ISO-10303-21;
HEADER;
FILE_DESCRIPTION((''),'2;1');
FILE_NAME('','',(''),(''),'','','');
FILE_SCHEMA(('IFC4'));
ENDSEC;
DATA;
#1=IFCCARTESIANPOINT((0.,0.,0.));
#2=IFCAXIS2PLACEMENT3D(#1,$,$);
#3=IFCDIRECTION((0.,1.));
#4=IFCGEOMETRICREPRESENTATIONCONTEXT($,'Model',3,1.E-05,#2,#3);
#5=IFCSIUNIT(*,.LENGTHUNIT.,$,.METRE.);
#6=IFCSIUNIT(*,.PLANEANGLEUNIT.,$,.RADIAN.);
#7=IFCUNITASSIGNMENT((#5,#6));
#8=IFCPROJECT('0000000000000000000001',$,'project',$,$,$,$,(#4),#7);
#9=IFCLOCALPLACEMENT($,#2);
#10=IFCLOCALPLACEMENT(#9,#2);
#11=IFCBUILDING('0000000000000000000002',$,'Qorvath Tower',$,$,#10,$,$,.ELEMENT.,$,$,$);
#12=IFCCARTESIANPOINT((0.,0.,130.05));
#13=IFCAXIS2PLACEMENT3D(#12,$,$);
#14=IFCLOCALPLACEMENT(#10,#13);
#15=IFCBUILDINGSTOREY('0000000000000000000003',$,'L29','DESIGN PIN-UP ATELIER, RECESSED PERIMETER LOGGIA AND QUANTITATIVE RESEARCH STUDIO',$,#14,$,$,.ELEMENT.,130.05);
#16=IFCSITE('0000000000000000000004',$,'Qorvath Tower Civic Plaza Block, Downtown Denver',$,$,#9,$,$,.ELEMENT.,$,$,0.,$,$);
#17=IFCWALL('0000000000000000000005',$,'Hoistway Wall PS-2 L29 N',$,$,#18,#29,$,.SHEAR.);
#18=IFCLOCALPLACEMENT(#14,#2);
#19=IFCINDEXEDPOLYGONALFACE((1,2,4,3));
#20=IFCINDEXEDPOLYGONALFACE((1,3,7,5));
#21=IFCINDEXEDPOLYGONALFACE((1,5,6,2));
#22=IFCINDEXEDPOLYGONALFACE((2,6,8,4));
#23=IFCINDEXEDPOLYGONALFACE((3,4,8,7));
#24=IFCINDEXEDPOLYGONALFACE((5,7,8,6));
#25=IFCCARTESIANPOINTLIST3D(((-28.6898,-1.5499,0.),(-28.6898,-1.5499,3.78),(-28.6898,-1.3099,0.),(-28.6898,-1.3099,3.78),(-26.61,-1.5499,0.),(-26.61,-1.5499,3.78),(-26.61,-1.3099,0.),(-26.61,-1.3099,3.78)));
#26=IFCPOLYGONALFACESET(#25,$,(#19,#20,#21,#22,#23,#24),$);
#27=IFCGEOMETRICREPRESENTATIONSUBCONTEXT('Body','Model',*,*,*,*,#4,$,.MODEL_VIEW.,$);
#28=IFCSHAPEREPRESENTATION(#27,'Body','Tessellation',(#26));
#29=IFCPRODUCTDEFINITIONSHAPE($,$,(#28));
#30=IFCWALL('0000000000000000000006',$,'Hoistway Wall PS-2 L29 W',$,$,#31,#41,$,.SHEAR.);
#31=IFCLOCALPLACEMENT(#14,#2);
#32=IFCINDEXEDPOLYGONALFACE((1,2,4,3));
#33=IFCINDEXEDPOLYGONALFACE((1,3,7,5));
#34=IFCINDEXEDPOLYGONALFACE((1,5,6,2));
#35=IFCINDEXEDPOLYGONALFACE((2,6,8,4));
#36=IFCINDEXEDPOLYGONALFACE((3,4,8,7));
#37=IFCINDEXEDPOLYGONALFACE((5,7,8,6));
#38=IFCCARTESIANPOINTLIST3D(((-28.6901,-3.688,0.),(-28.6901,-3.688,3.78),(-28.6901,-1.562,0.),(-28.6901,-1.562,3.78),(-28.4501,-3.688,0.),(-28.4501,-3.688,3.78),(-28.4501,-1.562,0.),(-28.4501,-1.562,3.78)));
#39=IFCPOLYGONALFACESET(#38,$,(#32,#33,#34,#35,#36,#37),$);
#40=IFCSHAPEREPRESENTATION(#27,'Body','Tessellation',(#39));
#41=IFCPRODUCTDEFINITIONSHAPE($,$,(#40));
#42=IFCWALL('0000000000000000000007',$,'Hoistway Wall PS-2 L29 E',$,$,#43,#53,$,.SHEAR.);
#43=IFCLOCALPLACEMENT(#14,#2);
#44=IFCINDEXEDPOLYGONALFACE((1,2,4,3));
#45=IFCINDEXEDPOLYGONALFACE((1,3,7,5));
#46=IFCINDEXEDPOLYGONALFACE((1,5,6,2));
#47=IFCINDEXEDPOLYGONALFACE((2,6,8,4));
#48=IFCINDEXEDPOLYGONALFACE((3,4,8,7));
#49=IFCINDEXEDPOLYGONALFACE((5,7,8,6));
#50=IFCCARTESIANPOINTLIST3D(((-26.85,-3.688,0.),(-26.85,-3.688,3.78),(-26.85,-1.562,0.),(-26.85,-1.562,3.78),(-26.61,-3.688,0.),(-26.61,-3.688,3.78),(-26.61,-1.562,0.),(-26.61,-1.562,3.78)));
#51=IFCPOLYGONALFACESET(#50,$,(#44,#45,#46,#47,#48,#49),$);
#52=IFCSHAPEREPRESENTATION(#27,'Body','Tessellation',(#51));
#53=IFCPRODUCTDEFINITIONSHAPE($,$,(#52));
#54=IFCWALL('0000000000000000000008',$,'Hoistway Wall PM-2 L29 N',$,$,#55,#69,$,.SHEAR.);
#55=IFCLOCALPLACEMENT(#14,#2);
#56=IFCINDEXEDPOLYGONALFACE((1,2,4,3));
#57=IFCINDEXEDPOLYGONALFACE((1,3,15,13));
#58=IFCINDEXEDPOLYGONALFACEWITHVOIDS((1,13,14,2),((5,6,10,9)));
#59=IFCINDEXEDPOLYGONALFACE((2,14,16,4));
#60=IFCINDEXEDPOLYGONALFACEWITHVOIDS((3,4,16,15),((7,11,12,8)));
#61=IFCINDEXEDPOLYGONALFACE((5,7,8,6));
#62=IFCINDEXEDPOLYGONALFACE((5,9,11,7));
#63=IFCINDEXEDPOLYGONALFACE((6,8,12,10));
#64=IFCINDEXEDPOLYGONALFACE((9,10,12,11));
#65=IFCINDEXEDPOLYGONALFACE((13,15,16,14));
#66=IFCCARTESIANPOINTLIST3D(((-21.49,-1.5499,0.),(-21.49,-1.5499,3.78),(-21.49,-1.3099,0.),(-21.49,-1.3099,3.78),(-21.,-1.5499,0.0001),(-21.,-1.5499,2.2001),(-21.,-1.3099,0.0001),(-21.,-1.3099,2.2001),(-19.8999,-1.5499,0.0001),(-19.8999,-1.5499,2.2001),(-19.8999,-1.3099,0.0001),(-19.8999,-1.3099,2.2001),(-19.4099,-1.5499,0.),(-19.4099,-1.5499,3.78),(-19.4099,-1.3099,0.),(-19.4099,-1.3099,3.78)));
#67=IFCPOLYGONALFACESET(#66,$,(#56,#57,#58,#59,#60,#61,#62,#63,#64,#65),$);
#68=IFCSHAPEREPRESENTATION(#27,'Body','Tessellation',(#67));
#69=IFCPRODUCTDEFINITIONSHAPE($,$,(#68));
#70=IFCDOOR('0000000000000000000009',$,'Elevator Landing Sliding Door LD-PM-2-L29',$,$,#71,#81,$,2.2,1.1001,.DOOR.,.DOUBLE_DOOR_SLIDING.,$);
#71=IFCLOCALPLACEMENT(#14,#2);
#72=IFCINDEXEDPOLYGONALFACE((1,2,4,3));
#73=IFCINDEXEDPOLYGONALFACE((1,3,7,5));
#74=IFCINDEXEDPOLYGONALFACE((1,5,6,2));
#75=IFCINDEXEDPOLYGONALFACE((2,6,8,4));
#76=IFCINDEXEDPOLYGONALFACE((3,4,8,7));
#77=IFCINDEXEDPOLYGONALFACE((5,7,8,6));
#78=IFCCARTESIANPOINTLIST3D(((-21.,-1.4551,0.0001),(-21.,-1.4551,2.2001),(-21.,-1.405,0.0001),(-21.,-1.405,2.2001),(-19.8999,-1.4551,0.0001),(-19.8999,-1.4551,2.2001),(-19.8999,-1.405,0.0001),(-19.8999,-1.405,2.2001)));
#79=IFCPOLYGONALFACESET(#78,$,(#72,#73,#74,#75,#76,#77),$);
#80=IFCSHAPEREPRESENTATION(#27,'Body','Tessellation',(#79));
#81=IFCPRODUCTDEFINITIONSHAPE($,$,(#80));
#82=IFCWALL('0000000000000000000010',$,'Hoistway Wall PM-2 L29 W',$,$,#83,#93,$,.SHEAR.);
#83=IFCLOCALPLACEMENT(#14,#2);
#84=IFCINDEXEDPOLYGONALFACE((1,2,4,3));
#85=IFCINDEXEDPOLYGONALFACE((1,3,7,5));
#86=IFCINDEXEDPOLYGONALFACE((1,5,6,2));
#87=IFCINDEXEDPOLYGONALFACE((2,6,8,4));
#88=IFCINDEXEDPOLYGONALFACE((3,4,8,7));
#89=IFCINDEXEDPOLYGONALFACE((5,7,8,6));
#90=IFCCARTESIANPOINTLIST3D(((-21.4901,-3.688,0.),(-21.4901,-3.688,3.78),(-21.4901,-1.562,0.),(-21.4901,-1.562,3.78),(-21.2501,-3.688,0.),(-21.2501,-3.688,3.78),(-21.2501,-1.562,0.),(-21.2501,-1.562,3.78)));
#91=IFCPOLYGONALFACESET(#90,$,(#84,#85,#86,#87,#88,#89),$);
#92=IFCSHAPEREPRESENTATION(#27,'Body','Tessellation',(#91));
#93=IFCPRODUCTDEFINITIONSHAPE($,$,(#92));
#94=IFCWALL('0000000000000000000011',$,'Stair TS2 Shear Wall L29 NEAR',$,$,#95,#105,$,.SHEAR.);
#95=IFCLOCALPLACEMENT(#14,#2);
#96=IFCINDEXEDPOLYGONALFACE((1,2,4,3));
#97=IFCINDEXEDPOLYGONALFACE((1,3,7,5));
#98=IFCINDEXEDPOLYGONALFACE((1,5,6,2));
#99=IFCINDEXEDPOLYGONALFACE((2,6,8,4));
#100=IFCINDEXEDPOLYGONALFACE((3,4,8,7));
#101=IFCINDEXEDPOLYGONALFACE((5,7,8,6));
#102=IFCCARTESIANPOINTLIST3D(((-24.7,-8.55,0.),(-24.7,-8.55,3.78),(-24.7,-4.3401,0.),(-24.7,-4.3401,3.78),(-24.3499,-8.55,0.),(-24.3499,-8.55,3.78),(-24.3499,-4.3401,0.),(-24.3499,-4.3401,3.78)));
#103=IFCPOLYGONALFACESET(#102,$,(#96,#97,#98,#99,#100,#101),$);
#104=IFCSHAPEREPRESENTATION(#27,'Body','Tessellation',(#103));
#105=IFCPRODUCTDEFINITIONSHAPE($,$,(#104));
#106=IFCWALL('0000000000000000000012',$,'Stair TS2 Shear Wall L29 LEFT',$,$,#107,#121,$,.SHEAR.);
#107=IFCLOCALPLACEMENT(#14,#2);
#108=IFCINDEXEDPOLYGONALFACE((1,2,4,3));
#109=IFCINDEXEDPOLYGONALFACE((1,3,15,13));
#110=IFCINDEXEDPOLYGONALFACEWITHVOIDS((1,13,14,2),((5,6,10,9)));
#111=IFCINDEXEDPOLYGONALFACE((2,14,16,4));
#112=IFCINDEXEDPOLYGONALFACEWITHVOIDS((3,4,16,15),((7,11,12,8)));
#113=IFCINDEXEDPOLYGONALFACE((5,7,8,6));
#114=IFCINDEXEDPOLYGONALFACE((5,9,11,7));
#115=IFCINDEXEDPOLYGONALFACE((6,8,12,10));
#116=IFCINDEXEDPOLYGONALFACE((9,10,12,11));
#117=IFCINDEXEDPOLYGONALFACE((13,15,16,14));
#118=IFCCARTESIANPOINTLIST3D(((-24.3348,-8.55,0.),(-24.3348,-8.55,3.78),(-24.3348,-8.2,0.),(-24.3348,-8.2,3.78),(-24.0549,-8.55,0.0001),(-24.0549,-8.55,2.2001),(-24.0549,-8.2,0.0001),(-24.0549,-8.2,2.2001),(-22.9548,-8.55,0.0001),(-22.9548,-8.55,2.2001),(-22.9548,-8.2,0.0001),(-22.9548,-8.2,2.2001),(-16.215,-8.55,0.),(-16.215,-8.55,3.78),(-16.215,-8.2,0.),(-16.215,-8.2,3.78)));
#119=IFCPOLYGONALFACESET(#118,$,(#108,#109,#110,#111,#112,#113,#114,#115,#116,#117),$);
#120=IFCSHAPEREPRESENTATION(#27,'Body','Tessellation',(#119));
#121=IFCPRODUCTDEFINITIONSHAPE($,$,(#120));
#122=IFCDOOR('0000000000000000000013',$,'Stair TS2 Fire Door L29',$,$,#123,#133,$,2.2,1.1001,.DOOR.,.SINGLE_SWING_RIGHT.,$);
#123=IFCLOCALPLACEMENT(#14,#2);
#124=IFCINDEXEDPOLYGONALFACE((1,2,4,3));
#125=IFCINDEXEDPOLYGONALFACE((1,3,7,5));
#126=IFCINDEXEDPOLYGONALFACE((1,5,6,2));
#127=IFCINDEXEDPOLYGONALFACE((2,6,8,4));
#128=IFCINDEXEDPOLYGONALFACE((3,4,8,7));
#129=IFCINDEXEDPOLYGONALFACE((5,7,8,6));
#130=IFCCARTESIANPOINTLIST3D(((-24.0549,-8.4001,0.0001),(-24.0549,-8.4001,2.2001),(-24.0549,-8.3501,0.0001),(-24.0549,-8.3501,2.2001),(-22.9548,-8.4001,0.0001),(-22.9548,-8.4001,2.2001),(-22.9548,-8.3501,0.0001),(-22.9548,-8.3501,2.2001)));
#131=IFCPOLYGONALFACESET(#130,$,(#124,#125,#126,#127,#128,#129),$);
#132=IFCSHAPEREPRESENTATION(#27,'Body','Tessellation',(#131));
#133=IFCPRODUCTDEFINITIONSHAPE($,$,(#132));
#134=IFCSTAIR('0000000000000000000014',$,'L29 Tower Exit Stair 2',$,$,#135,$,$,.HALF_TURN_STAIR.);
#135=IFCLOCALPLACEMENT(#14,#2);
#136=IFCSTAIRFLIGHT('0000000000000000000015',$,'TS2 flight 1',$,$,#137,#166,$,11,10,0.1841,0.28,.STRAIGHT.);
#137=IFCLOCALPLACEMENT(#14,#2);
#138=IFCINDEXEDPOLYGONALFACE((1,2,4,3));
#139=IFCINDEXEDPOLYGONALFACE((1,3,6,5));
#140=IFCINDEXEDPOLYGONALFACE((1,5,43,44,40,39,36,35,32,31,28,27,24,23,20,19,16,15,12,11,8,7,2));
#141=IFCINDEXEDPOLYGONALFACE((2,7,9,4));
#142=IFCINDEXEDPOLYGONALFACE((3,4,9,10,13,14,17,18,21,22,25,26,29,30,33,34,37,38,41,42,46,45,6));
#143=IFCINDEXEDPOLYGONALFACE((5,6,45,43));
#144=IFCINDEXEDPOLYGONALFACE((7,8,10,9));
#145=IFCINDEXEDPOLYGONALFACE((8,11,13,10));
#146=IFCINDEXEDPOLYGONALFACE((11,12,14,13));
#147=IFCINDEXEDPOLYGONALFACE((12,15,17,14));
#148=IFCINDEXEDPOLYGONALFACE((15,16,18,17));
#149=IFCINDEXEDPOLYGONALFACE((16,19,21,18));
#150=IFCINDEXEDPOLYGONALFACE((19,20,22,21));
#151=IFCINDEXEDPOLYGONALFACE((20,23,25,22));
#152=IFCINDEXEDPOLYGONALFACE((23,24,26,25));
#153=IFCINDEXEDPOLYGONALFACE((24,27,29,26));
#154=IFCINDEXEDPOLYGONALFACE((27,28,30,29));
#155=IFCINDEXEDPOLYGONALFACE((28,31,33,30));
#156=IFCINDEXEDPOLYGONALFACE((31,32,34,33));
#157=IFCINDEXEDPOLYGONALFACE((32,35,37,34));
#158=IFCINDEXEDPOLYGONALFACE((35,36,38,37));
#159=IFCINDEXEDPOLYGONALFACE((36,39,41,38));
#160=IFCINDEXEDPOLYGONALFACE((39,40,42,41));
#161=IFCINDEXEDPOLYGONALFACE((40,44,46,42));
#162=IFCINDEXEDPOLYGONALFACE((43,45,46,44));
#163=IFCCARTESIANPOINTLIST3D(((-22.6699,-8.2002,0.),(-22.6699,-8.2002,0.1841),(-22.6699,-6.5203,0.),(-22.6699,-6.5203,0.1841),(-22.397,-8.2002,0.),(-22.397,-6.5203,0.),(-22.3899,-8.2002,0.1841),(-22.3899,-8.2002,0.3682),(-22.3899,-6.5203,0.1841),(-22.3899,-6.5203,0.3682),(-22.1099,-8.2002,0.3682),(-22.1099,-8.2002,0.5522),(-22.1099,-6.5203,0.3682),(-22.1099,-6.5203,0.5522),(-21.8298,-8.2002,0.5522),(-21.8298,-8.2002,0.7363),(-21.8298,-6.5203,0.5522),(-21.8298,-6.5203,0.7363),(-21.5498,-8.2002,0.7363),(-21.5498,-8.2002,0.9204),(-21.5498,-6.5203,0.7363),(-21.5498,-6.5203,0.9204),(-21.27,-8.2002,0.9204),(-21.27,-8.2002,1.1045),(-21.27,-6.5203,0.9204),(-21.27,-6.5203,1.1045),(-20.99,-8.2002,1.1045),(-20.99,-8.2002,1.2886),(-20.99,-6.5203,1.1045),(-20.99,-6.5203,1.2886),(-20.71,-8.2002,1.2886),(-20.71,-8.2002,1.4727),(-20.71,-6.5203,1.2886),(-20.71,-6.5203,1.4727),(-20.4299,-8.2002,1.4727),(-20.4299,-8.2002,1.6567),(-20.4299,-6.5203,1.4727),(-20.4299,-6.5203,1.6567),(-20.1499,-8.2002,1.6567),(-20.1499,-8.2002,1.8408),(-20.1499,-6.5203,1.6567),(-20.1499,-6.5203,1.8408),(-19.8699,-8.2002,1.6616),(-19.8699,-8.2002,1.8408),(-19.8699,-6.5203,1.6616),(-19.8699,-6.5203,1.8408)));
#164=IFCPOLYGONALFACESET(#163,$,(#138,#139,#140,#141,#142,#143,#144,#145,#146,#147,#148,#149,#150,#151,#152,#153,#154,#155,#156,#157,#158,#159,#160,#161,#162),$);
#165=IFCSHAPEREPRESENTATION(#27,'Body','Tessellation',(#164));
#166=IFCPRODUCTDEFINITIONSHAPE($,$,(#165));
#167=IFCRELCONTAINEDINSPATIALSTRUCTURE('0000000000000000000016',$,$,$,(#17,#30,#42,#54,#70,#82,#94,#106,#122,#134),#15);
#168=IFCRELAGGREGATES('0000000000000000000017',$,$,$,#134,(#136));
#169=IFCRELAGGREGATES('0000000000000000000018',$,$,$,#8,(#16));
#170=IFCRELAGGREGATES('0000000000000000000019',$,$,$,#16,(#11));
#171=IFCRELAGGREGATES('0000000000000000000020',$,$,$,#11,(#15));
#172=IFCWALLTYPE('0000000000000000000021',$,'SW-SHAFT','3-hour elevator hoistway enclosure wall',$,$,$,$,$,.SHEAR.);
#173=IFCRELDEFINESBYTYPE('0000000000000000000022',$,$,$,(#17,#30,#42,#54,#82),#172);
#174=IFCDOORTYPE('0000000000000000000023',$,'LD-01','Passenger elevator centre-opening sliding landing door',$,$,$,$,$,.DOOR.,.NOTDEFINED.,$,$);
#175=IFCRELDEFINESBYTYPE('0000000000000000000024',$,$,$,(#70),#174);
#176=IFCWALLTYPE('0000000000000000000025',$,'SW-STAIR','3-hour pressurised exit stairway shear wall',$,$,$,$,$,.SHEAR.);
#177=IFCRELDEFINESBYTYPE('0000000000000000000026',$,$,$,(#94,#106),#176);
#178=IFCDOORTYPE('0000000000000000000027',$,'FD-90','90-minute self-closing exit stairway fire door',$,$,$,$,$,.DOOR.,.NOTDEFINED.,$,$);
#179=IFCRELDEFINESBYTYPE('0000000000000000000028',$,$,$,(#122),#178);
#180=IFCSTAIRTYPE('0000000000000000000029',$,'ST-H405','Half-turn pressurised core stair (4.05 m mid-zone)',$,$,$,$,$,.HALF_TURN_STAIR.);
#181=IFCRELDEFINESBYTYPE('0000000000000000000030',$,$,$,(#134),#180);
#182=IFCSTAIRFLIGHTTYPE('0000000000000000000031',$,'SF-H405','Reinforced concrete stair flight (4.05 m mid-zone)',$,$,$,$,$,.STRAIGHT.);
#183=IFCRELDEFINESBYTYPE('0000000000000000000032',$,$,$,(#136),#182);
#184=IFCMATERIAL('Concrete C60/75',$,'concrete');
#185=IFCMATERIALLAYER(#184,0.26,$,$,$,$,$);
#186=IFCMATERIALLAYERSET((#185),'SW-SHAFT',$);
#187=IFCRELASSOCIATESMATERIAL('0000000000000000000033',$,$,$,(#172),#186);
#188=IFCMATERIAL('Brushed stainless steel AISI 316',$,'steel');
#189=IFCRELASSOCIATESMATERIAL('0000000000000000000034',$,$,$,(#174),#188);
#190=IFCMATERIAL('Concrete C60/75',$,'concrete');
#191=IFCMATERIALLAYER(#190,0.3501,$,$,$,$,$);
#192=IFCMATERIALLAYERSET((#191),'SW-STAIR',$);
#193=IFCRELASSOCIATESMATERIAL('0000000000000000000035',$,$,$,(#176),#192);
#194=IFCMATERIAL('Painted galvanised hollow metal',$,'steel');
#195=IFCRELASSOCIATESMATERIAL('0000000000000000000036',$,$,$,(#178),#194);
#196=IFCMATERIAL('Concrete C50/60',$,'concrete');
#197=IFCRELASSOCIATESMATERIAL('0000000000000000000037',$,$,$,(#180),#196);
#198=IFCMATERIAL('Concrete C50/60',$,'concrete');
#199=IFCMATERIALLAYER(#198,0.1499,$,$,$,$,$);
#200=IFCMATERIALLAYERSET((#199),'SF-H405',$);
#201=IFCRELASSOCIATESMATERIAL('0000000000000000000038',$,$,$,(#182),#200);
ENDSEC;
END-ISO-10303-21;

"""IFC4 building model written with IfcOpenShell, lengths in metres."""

from ifc_helpers import new_model, si_unit, direction, frame, frame_2d, origin, place, context, subcontext, project, spatial, polyline, rectangle, outline, extrude, material, layer, layer_set, type_object, element, fill, aggregate, save


model = new_model("IFC4")

# Units and contexts
model_context = context("Model", 3, precision=1e-05, world=origin(), true_north=direction((0.0, 1.0)))
body_context = subcontext(model_context, "Body", "Model", "MODEL_VIEW")
ifc_project = project(units=[si_unit("LENGTHUNIT", "METRE"), si_unit("PLANEANGLEUNIT", "RADIAN")], contexts=[model_context])

# Site, building, storey
site_placement = place(None, origin())
site = spatial("IfcSite", under=ifc_project, at=site_placement, Name="Qorvath Tower Civic Plaza Block, Downtown Denver", CompositionType="ELEMENT", RefElevation=0.0)
building_placement = place(site_placement, origin())
building = spatial("IfcBuilding", under=site, at=building_placement, Name="Qorvath Tower", CompositionType="ELEMENT")
storey_placement = place(building_placement, frame((0.0, 0.0, 130.05)))
storey = spatial("IfcBuildingStorey", under=building, at=storey_placement, Name="L29", Description="DESIGN PIN-UP ATELIER, RECESSED PERIMETER LOGGIA AND QUANTITATIVE RESEARCH STUDIO", CompositionType="ELEMENT", Elevation=130.05)

# Shared definitions
ifc_material_1 = material(Name="Concrete C60/75", Category="concrete")
ifc_layer_1 = layer(ifc_material_1, 0.26)
ifc_layer_set_1 = layer_set([ifc_layer_1], Name="SW-SHAFT")
wall_type_1 = type_object("IfcWallType", Name="SW-SHAFT", Description="3-hour elevator hoistway enclosure wall", PredefinedType="SHEAR", material=ifc_layer_set_1)

# Walls
for number, where, z_axis, x_axis, name in (
    (1, (-28.6899, -1.4299, 0.0), (0.0, 0.0, 1.0), (1.0, 0.0, 0.0), "Hoistway Wall PS-2 L29 N"),
):
    element("IfcWall", number, at=place(storey_placement, frame(where, z_axis=z_axis, x_axis=x_axis)), inside=storey, type_object=wall_type_1, Name=name, PredefinedType="SHEAR", context=body_context, shape_type="SweptSolid", body=[
        extrude(rectangle(XDim=2.0798, YDim=0.24, at=frame_2d((1.04, 0.0))), origin(), (0.0, 0.0, 1.0), 3.78),
    ])
for number, where, z_axis, x_axis, name in (
    (2, (-28.5701, -3.688, 0.0), (0.0, 0.0, 1.0), (0.0, 1.0, 0.0), "Hoistway Wall PS-2 L29 W"),
    (3, (-26.73, -1.562, 0.0), (0.0, 0.0, 1.0), (0.0, -1.0, 0.0), "Hoistway Wall PS-2 L29 E"),
):
    element("IfcWall", number, at=place(storey_placement, frame(where, z_axis=z_axis, x_axis=x_axis)), inside=storey, type_object=wall_type_1, Name=name, PredefinedType="SHEAR", context=body_context, shape_type="SweptSolid", body=[
        extrude(rectangle(XDim=2.126, YDim=0.24, at=frame_2d((1.063, 0.0))), origin(), (0.0, 0.0, 1.0), 3.78),
    ])

# Wall, opening, door
wall_1_placement = place(storey_placement, frame((-21.49, -1.4299, 0.0), z_axis=(0.0, 0.0, 1.0), x_axis=(1.0, 0.0, 0.0)))
wall_1 = element("IfcWall", 4, at=wall_1_placement, inside=storey, type_object=wall_type_1, Name="Hoistway Wall PM-2 L29 N", PredefinedType="SHEAR", context=body_context, shape_type="SweptSolid", body=[
    extrude(rectangle(XDim=2.0801, YDim=0.24, at=frame_2d((1.04, 0.0))), origin(), (0.0, 0.0, 1.0), 3.78),
])
opening_1_placement = place(wall_1_placement, frame((0.49, 0.0, 0.0)))
opening_1 = element("IfcOpeningElement", 5, at=opening_1_placement, cuts=wall_1, PredefinedType="OPENING", context=body_context, shape_type="SweptSolid", body=[
    extrude(rectangle(XDim=1.1001, YDim=2.2, at=frame_2d((0.55, 1.1001))), frame((0.0, 0.1299, 0.0), z_axis=(0.0, -1.0, 0.0), x_axis=(1.0, 0.0, 0.0)), (0.0, 0.0, 1.0), 0.26),
])
ifc_material_2 = material(Name="Brushed stainless steel AISI 316", Category="steel")
door_type_1 = type_object("IfcDoorType", Name="LD-01", Description="Passenger elevator centre-opening sliding landing door", OperationType="NOTDEFINED", PredefinedType="DOOR", material=ifc_material_2)
door_1_placement = place(opening_1_placement, origin())
door_1 = element("IfcDoor", 6, at=door_1_placement, inside=storey, type_object=door_type_1, Name="Elevator Landing Sliding Door LD-PM-2-L29", OperationType="DOUBLE_DOOR_SLIDING", OverallHeight=2.2, OverallWidth=1.1001, PredefinedType="DOOR", context=body_context, shape_type="SweptSolid", body=[
    extrude(rectangle(XDim=1.1001, YDim=2.2, at=frame_2d((0.55, 1.1001))), frame((0.0, 0.0249, 0.0), z_axis=(0.0, -1.0, 0.0), x_axis=(1.0, 0.0, 0.0)), (0.0, 0.0, 1.0), 0.05),
])
fill(opening_1, door_1)

# Walls
wall_2_placement = place(storey_placement, frame((-21.3701, -3.688, 0.0), z_axis=(0.0, 0.0, 1.0), x_axis=(0.0, 1.0, 0.0)))
element("IfcWall", 7, at=wall_2_placement, inside=storey, type_object=wall_type_1, Name="Hoistway Wall PM-2 L29 W", PredefinedType="SHEAR", context=body_context, shape_type="SweptSolid", body=[
    extrude(rectangle(XDim=2.126, YDim=0.24, at=frame_2d((1.063, 0.0))), origin(), (0.0, 0.0, 1.0), 3.78),
])
ifc_material_3 = material(Name="Concrete C60/75", Category="concrete")
ifc_layer_2 = layer(ifc_material_3, 0.3501)
ifc_layer_set_2 = layer_set([ifc_layer_2], Name="SW-STAIR")
wall_type_2 = type_object("IfcWallType", Name="SW-STAIR", Description="3-hour pressurised exit stairway shear wall", PredefinedType="SHEAR", material=ifc_layer_set_2)
wall_3_placement = place(storey_placement, frame((-24.5249, -4.3401, 0.0), z_axis=(0.0, 0.0, 1.0), x_axis=(0.0, -1.0, 0.0)))
element("IfcWall", 8, at=wall_3_placement, inside=storey, type_object=wall_type_2, Name="Stair TS2 Shear Wall L29 NEAR", PredefinedType="SHEAR", context=body_context, shape_type="SweptSolid", body=[
    extrude(rectangle(XDim=4.21, YDim=0.3501, at=frame_2d((2.105, 0.0))), origin(), (0.0, 0.0, 1.0), 3.78),
])

# Wall, opening, door
wall_4_placement = place(storey_placement, frame((-24.335, -8.375, 0.0), z_axis=(0.0, 0.0, 1.0), x_axis=(1.0, 0.0, 0.0)))
wall_4 = element("IfcWall", 9, at=wall_4_placement, inside=storey, type_object=wall_type_2, Name="Stair TS2 Shear Wall L29 LEFT", PredefinedType="SHEAR", context=body_context, shape_type="SweptSolid", body=[
    extrude(rectangle(XDim=8.1199, YDim=0.3501, at=frame_2d((4.0601, 0.0))), origin(), (0.0, 0.0, 1.0), 3.78),
])
opening_2_placement = place(wall_4_placement, frame((0.28, 0.0, 0.0)))
opening_2 = element("IfcOpeningElement", 10, at=opening_2_placement, cuts=wall_4, PredefinedType="OPENING", context=body_context, shape_type="SweptSolid", body=[
    extrude(rectangle(XDim=1.1001, YDim=2.2, at=frame_2d((0.55, 1.1001))), frame((0.0, 0.1851, 0.0), z_axis=(0.0, -1.0, 0.0), x_axis=(1.0, 0.0, 0.0)), (0.0, 0.0, 1.0), 0.3701),
])
ifc_material_4 = material(Name="Painted galvanised hollow metal", Category="steel")
door_type_2 = type_object("IfcDoorType", Name="FD-90", Description="90-minute self-closing exit stairway fire door", OperationType="NOTDEFINED", PredefinedType="DOOR", material=ifc_material_4)
door_2_placement = place(opening_2_placement, origin())
door_2 = element("IfcDoor", 11, at=door_2_placement, inside=storey, type_object=door_type_2, Name="Stair TS2 Fire Door L29", OperationType="SINGLE_SWING_RIGHT", OverallHeight=2.2, OverallWidth=1.1001, PredefinedType="DOOR", context=body_context, shape_type="SweptSolid", body=[
    extrude(rectangle(XDim=1.1001, YDim=2.2, at=frame_2d((0.55, 1.1001))), frame((0.0, 0.0249, 0.0), z_axis=(0.0, -1.0, 0.0), x_axis=(1.0, 0.0, 0.0)), (0.0, 0.0, 1.0), 0.05),
])
fill(opening_2, door_2)

# Stair, stair flight
ifc_material_5 = material(Name="Concrete C50/60", Category="concrete")
stair_type = type_object("IfcStairType", Name="ST-H405", Description="Half-turn pressurised core stair (4.05 m mid-zone)", PredefinedType="HALF_TURN_STAIR", material=ifc_material_5)
stair_placement = place(storey_placement, origin())
stair = element("IfcStair", 12, at=stair_placement, inside=storey, type_object=stair_type, Name="L29 Tower Exit Stair 2", PredefinedType="HALF_TURN_STAIR")
ifc_material_6 = material(Name="Concrete C50/60", Category="concrete")
ifc_layer_3 = layer(ifc_material_6, 0.1499)
ifc_layer_set_3 = layer_set([ifc_layer_3], Name="SF-H405")
stair_flight_type = type_object("IfcStairFlightType", Name="SF-H405", Description="Reinforced concrete stair flight (4.05 m mid-zone)", PredefinedType="STRAIGHT", material=ifc_layer_set_3)
stair_flight_placement = place(storey_placement, frame((-22.6699, -7.3601, 0.0), z_axis=(0.0, 0.0, 1.0), x_axis=(1.0, 0.0, 0.0)))
stair_flight = element("IfcStairFlight", 13, at=stair_flight_placement, type_object=stair_flight_type, Name="TS2 flight 1", NumberOfRisers=11, NumberOfTreads=10, PredefinedType="STRAIGHT", RiserHeight=0.1841, TreadLength=0.28, context=body_context, shape_type="SweptSolid", body=[
    extrude(outline(polyline([(0.0, 0.0), (0.0, 0.1841), (0.28, 0.1841), (0.28, 0.3682), (0.5601, 0.3682), (0.5601, 0.5522), (0.8401, 0.5522), (0.8401, 0.7363), (1.1201, 0.7363), (1.1201, 0.9204), (1.3999, 0.9204), (1.3999, 1.1045), (1.6799, 1.1045), (1.6799, 1.2886), (1.96, 1.2886), (1.96, 1.4727), (2.24, 1.4727), (2.24, 1.6567), (2.52, 1.6567), (2.52, 1.8408), (2.8, 1.8408), (2.8, 2.0249), (2.8, 1.6616), (0.2729, 0.0), (0.0, 0.0)])), frame((0.0, 0.8398, 0.0), z_axis=(0.0, -1.0, 0.0), x_axis=(1.0, 0.0, 0.0)), (0.0, 0.0, 1.0), 1.6799),
])
aggregate(stair, [stair_flight])

save(model, "model.ifc")
